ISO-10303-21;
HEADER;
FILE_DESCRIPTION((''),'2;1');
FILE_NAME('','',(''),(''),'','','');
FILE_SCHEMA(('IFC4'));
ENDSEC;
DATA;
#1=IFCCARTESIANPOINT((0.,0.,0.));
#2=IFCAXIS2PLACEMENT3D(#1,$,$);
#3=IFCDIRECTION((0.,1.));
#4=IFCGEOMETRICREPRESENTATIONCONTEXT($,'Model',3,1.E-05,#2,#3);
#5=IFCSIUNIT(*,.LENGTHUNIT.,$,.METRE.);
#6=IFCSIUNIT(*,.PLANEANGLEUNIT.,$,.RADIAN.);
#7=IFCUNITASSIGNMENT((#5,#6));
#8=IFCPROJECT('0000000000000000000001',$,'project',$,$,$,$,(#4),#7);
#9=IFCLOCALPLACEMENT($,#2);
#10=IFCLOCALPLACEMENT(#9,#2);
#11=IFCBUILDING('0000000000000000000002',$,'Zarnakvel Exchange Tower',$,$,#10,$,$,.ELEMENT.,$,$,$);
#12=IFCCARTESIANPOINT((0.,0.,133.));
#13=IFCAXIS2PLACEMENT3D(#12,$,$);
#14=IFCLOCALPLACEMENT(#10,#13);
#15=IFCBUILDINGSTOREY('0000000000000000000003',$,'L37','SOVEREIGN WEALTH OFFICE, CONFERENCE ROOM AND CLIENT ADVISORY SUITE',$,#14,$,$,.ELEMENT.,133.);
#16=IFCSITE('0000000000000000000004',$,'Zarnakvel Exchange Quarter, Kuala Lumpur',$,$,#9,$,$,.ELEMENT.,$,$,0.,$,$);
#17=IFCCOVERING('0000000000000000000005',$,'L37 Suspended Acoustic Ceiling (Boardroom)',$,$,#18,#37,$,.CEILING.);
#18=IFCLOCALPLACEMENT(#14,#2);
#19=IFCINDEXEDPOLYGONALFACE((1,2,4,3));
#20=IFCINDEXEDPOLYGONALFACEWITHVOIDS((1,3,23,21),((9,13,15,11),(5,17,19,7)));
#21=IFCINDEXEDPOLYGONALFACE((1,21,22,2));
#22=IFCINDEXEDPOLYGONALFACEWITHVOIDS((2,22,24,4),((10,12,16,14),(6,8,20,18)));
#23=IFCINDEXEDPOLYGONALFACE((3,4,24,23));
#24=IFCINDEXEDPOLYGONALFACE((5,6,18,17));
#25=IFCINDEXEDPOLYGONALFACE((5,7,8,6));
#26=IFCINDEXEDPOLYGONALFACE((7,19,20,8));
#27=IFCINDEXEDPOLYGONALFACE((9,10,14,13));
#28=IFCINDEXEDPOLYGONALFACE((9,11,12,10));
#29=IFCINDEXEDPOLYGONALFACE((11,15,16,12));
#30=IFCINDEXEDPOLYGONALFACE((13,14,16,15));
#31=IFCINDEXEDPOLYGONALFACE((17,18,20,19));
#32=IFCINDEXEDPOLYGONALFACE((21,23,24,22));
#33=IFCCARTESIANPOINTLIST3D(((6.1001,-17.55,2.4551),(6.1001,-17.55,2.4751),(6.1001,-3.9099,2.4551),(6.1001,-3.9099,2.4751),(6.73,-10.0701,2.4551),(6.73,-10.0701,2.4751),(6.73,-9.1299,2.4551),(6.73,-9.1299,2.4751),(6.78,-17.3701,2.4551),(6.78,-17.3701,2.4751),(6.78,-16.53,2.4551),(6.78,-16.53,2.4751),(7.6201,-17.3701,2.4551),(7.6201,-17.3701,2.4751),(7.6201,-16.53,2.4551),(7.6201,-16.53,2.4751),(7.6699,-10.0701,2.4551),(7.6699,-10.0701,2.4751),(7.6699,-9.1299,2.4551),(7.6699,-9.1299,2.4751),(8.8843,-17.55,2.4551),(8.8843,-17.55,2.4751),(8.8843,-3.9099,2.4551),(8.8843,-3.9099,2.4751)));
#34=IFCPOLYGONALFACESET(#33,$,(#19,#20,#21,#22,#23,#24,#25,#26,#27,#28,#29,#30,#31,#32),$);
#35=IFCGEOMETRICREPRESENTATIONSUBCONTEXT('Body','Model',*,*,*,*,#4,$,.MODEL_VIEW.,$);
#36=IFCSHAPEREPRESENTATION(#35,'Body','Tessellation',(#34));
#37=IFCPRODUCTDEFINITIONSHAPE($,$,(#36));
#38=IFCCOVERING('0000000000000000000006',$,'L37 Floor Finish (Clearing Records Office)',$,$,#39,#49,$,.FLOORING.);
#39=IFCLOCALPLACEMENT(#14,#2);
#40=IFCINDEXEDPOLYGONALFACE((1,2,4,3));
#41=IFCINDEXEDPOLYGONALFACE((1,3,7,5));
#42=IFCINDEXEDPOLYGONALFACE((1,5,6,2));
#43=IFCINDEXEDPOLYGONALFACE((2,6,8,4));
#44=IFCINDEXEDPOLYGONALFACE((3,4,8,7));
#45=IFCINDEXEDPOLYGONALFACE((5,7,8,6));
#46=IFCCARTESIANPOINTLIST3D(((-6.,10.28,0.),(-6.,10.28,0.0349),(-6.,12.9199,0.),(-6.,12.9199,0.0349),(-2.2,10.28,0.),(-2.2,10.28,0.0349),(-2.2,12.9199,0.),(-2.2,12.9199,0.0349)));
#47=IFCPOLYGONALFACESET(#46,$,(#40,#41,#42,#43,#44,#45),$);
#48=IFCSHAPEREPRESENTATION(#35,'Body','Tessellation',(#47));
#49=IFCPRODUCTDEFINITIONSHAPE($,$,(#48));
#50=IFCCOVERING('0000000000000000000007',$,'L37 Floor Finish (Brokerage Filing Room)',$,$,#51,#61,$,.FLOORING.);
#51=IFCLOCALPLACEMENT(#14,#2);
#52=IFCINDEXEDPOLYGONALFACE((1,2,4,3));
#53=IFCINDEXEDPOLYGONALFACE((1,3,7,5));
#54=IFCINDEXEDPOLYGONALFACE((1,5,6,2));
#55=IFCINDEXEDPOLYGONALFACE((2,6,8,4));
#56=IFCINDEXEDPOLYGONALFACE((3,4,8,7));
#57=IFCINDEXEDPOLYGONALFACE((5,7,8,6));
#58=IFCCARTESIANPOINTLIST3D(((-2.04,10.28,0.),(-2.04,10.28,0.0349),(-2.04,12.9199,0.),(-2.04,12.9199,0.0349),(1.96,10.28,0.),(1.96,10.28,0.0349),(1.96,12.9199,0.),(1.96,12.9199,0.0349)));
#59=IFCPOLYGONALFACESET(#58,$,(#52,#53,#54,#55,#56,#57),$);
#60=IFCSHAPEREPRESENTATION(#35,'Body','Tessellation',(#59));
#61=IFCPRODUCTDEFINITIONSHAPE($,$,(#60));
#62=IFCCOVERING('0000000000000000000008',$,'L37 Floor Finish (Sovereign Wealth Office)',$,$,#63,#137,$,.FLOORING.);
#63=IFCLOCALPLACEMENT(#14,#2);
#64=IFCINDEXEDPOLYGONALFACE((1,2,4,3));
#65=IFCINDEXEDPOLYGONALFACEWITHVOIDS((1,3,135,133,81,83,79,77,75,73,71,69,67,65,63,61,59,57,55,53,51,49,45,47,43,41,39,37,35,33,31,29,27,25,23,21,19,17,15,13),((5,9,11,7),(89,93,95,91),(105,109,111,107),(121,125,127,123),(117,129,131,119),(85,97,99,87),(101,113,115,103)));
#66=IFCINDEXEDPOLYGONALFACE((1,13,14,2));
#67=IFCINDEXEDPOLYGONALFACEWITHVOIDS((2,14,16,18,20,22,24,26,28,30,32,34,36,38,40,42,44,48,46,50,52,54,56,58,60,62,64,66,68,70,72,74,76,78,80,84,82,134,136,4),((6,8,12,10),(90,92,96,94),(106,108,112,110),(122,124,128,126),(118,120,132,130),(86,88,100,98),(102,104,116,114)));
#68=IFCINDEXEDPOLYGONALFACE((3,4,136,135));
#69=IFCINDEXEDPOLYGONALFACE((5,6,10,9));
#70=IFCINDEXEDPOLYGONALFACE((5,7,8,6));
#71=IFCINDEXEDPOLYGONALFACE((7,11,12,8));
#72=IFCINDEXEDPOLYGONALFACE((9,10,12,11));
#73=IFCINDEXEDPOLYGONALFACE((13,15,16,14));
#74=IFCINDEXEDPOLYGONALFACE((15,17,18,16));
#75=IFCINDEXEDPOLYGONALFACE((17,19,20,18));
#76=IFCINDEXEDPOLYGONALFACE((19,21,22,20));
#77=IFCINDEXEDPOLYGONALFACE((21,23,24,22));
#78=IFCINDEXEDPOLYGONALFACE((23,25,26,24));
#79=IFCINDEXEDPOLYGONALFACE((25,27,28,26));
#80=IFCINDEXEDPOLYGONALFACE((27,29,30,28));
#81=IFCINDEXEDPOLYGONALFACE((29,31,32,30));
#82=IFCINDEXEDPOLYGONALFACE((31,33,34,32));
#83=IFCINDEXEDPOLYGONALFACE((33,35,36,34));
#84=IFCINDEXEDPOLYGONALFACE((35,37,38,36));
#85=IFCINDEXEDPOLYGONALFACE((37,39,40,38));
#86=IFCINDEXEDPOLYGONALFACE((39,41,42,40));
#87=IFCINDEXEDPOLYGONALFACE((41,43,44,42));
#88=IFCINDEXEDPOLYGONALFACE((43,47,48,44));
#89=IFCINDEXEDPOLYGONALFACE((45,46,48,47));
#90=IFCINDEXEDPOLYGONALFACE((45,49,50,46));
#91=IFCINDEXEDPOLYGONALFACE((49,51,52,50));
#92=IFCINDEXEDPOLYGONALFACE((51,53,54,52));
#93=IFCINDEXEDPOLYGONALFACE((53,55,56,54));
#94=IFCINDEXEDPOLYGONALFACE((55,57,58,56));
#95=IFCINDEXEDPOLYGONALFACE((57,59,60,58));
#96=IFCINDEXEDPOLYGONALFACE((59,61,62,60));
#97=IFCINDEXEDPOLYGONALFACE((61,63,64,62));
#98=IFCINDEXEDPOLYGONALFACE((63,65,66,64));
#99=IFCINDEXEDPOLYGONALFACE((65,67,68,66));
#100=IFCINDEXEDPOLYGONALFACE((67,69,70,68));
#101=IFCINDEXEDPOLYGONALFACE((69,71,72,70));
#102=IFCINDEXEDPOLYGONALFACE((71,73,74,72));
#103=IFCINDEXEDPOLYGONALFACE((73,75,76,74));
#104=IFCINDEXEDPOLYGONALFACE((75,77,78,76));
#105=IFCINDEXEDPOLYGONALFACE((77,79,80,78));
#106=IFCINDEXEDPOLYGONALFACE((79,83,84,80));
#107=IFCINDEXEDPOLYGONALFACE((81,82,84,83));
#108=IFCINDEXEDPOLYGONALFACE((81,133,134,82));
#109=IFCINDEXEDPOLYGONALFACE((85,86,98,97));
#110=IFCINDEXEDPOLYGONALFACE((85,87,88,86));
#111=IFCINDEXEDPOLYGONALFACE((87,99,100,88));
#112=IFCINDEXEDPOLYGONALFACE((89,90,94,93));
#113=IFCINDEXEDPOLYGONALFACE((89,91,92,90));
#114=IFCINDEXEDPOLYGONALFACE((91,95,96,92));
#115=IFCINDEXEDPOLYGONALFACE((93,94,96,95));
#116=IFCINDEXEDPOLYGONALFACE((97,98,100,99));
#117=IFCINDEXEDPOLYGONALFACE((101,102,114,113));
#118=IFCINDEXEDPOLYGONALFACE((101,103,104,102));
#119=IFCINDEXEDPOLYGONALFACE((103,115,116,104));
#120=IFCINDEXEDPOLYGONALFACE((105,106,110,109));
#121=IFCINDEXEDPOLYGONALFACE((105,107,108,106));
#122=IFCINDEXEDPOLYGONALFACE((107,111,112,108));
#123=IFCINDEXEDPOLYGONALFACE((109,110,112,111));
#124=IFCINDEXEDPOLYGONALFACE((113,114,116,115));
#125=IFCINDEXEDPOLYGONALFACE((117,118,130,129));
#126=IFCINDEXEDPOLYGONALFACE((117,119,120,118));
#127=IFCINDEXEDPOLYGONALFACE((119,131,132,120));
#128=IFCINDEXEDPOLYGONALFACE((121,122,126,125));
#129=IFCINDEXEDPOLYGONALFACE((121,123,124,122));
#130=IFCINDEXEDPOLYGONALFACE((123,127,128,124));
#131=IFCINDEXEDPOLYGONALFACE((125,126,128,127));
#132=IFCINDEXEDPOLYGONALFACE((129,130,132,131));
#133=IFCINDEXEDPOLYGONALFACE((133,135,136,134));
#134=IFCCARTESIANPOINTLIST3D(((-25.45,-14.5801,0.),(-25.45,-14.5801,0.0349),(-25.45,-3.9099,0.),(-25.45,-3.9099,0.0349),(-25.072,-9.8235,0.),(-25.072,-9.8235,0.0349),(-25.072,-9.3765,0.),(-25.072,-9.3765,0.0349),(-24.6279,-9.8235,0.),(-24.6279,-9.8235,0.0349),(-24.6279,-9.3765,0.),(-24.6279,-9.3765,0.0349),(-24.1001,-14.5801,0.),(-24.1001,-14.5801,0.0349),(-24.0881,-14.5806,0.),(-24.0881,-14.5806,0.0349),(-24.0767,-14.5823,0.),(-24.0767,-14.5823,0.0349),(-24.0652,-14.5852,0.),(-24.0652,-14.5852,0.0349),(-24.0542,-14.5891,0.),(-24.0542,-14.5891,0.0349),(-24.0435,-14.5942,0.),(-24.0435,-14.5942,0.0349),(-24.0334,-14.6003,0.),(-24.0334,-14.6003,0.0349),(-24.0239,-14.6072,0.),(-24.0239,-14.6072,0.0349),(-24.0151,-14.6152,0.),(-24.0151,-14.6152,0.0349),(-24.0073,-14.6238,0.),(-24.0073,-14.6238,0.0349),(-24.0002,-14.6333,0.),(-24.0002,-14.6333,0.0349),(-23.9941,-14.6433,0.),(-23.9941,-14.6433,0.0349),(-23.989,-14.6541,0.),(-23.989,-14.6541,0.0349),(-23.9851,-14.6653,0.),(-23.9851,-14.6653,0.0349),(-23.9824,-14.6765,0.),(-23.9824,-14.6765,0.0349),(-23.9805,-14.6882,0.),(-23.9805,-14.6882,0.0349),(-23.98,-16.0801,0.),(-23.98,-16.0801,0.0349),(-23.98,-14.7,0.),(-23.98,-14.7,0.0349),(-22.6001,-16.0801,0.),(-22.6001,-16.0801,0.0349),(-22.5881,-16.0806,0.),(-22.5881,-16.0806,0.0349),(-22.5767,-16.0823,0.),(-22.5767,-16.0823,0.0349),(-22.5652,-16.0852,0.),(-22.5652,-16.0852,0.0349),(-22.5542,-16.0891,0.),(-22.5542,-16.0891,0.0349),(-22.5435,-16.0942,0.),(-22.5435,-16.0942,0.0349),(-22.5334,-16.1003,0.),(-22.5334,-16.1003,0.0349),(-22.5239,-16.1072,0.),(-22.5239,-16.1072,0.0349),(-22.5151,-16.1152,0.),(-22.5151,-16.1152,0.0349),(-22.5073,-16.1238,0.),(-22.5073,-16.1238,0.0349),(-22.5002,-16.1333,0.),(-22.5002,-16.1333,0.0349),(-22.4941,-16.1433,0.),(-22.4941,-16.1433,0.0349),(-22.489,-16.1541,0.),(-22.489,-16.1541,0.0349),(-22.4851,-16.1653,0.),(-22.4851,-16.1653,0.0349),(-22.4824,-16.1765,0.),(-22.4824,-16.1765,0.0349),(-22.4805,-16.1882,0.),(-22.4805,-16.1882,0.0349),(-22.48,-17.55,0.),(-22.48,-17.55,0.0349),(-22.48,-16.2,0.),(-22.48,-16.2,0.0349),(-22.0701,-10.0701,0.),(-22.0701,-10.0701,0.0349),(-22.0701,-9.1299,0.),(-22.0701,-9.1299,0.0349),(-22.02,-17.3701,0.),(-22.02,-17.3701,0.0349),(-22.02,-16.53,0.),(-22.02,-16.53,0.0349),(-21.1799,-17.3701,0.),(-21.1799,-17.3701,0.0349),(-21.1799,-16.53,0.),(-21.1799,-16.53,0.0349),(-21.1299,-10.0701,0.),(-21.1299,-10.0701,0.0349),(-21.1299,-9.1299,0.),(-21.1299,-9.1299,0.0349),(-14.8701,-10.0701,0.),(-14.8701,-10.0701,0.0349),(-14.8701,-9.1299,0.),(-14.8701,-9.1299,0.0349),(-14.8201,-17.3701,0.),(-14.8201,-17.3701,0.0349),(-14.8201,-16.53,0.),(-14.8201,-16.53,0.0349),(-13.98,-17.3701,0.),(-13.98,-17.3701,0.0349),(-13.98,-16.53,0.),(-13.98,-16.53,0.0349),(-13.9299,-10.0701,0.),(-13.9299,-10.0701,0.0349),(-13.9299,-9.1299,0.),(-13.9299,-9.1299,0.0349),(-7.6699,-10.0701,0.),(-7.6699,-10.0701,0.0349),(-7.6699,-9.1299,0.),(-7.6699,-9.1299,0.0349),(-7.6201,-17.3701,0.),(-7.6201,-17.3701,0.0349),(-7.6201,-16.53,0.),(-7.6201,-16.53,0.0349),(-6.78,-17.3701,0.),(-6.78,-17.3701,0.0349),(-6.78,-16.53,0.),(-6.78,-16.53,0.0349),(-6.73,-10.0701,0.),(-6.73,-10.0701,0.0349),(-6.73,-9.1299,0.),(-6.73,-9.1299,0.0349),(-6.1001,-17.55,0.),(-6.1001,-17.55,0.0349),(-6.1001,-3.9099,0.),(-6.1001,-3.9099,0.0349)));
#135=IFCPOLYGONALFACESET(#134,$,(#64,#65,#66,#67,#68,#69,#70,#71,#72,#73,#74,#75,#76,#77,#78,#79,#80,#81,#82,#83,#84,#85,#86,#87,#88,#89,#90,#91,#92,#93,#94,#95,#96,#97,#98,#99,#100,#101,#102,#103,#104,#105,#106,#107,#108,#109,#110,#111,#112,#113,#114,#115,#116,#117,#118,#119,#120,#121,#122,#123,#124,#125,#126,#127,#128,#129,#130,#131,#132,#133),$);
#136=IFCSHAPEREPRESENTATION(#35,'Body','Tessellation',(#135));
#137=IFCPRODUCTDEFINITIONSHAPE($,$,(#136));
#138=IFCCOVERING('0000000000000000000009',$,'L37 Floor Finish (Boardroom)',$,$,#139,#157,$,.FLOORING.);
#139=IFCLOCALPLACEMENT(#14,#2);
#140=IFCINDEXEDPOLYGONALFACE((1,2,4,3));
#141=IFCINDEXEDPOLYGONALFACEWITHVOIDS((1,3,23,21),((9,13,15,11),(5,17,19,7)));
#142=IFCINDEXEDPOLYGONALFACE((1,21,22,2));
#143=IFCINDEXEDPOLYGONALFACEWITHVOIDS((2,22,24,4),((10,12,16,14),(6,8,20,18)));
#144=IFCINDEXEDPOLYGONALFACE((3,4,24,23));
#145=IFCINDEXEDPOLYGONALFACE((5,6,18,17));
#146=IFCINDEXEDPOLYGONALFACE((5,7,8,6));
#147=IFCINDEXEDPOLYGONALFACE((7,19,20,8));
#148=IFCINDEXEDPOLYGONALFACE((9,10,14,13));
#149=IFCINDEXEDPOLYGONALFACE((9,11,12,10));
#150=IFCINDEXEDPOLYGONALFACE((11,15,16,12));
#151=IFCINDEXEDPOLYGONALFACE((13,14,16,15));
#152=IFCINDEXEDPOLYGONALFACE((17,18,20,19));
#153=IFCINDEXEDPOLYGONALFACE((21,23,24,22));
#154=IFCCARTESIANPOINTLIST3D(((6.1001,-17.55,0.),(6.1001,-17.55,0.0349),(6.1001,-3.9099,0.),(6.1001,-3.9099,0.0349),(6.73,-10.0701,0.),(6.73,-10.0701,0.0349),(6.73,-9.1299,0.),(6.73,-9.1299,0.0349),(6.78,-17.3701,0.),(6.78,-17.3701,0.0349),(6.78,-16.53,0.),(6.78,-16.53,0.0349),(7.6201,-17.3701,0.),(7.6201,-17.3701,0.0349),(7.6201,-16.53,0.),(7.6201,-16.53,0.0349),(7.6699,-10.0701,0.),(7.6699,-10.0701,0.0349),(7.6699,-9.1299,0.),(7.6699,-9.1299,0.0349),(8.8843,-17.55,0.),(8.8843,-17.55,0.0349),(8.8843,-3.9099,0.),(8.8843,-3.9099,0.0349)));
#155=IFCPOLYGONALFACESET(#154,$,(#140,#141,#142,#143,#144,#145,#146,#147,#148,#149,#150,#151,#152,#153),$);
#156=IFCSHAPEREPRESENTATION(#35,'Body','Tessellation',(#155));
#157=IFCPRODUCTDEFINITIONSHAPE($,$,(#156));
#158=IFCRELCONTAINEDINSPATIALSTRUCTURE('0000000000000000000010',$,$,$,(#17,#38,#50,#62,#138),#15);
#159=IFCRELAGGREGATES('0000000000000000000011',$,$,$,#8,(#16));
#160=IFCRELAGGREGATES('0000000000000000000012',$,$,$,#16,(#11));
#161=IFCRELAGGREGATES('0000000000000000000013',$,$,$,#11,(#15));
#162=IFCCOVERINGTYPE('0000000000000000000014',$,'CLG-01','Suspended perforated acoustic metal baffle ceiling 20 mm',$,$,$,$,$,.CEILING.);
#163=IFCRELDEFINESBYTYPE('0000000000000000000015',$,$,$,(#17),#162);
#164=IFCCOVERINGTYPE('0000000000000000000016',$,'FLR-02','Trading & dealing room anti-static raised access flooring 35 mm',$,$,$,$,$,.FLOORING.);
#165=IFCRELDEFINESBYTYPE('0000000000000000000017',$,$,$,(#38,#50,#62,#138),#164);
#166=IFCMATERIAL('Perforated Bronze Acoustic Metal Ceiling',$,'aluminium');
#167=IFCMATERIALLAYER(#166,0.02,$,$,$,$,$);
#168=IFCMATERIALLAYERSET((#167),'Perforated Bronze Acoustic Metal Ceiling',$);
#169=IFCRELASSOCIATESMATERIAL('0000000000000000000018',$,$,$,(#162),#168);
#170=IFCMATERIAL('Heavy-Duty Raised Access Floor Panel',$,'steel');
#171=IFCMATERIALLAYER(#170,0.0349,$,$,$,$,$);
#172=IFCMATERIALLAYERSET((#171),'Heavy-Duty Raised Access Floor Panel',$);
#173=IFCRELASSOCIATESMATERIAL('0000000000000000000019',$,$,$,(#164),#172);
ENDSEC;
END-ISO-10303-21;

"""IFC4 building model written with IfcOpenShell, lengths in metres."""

from ifc_helpers import new_model, si_unit, direction, frame, origin, place, context, subcontext, project, spatial, polyline, outline, extrude, material, layer, layer_set, type_object, element, save


model = new_model("IFC4")

# Units and contexts
model_context = context("Model", 3, precision=1e-05, world=origin(), true_north=direction((0.0, 1.0)))
body_context = subcontext(model_context, "Body", "Model", "MODEL_VIEW")
ifc_project = project(units=[si_unit("LENGTHUNIT", "METRE"), si_unit("PLANEANGLEUNIT", "RADIAN")], contexts=[model_context])

# Site, building, storey
site_placement = place(None, origin())
site = spatial("IfcSite", under=ifc_project, at=site_placement, Name="Zarnakvel Exchange Quarter, Kuala Lumpur", CompositionType="ELEMENT", RefElevation=0.0)
building_placement = place(site_placement, origin())
building = spatial("IfcBuilding", under=site, at=building_placement, Name="Zarnakvel Exchange Tower", CompositionType="ELEMENT")
storey_placement = place(building_placement, frame((0.0, 0.0, 133.0)))
storey = spatial("IfcBuildingStorey", under=building, at=storey_placement, Name="L37", Description="SOVEREIGN WEALTH OFFICE, CONFERENCE ROOM AND CLIENT ADVISORY SUITE", CompositionType="ELEMENT", Elevation=133.0)

# Coverings
ifc_material_1 = material(Name="Perforated Bronze Acoustic Metal Ceiling", Category="aluminium")
ifc_layer_1 = layer(ifc_material_1, 0.02)
ifc_layer_set_1 = layer_set([ifc_layer_1], Name="Perforated Bronze Acoustic Metal Ceiling")
covering_type_1 = type_object("IfcCoveringType", Name="CLG-01", Description="Suspended perforated acoustic metal baffle ceiling 20 mm", PredefinedType="CEILING", material=ifc_layer_set_1)
covering_1_placement = place(storey_placement, frame((0.0, 0.0, 2.4551)))
element("IfcCovering", 1, at=covering_1_placement, inside=storey, type_object=covering_type_1, Name="L37 Suspended Acoustic Ceiling (Boardroom)", PredefinedType="CEILING", context=body_context, shape_type="SweptSolid", body=[
    extrude(outline(polyline([(6.1001, -3.9099), (8.8843, -3.9099), (8.8843, -17.55), (6.1001, -17.55), (6.1001, -3.9099)]), holes=[polyline([(6.73, -10.0701), (7.6699, -10.0701), (7.6699, -9.1299), (6.73, -9.1299), (6.73, -10.0701)]), polyline([(7.6201, -17.3701), (7.6201, -16.53), (6.78, -16.53), (6.78, -17.3701), (7.6201, -17.3701)])]), origin(), (0.0, 0.0, 1.0), 0.02),
])
ifc_material_2 = material(Name="Heavy-Duty Raised Access Floor Panel", Category="steel")
ifc_layer_2 = layer(ifc_material_2, 0.0349)
ifc_layer_set_2 = layer_set([ifc_layer_2], Name="Heavy-Duty Raised Access Floor Panel")
covering_type_2 = type_object("IfcCoveringType", Name="FLR-02", Description="Trading & dealing room anti-static raised access flooring 35 mm", PredefinedType="FLOORING", material=ifc_layer_set_2)
covering_2_placement = place(storey_placement, origin())
element("IfcCovering", 2, at=covering_2_placement, inside=storey, type_object=covering_type_2, Name="L37 Floor Finish (Clearing Records Office)", PredefinedType="FLOORING", context=body_context, shape_type="SweptSolid", body=[
    extrude(outline(polyline([(-6.0, 12.9199), (-2.2, 12.9199), (-2.2, 10.28), (-6.0, 10.28), (-6.0, 12.9199)])), origin(), (0.0, 0.0, 1.0), 0.0349),
])
covering_3_placement = place(storey_placement, origin())
element("IfcCovering", 3, at=covering_3_placement, inside=storey, type_object=covering_type_2, Name="L37 Floor Finish (Brokerage Filing Room)", PredefinedType="FLOORING", context=body_context, shape_type="SweptSolid", body=[
    extrude(outline(polyline([(-2.04, 12.9199), (1.96, 12.9199), (1.96, 10.28), (-2.04, 10.28), (-2.04, 12.9199)])), origin(), (0.0, 0.0, 1.0), 0.0349),
])
covering_4_placement = place(storey_placement, origin())
element("IfcCovering", 4, at=covering_4_placement, inside=storey, type_object=covering_type_2, Name="L37 Floor Finish (Sovereign Wealth Office)", PredefinedType="FLOORING", context=body_context, shape_type="SweptSolid", body=[
    extrude(outline(polyline([(-6.1001, -3.9099), (-6.1001, -17.55), (-22.48, -17.55), (-22.48, -16.2), (-22.4805, -16.1882), (-22.4824, -16.1765), (-22.4851, -16.1653), (-22.489, -16.1541), (-22.4941, -16.1433), (-22.5002, -16.1333), (-22.5073, -16.1238), (-22.5151, -16.1152), (-22.5239, -16.1072), (-22.5334, -16.1003), (-22.5435, -16.0942), (-22.5542, -16.0891), (-22.5652, -16.0852), (-22.5767, -16.0823), (-22.5881, -16.0806), (-22.6001, -16.0801), (-23.98, -16.0801), (-23.98, -14.7), (-23.9805, -14.6882), (-23.9824, -14.6765), (-23.9851, -14.6653), (-23.989, -14.6541), (-23.9941, -14.6433), (-24.0002, -14.6333), (-24.0073, -14.6238), (-24.0151, -14.6152), (-24.0239, -14.6072), (-24.0334, -14.6003), (-24.0435, -14.5942), (-24.0542, -14.5891), (-24.0652, -14.5852), (-24.0767, -14.5823), (-24.0881, -14.5806), (-24.1001, -14.5801), (-25.45, -14.5801), (-25.45, -3.9099), (-6.1001, -3.9099)]), holes=[polyline([(-7.6699, -10.0701), (-6.73, -10.0701), (-6.73, -9.1299), (-7.6699, -9.1299), (-7.6699, -10.0701)]), polyline([(-6.78, -17.3701), (-6.78, -16.53), (-7.6201, -16.53), (-7.6201, -17.3701), (-6.78, -17.3701)]), polyline([(-13.9299, -10.0701), (-13.9299, -9.1299), (-14.8701, -9.1299), (-14.8701, -10.0701), (-13.9299, -10.0701)]), polyline([(-13.98, -17.3701), (-13.98, -16.53), (-14.8201, -16.53), (-14.8201, -17.3701), (-13.98, -17.3701)]), polyline([(-21.1299, -10.0701), (-21.1299, -9.1299), (-22.0701, -9.1299), (-22.0701, -10.0701), (-21.1299, -10.0701)]), polyline([(-21.1799, -17.3701), (-21.1799, -16.53), (-22.02, -16.53), (-22.02, -17.3701), (-21.1799, -17.3701)]), polyline([(-25.072, -9.8235), (-24.6279, -9.8235), (-24.6279, -9.3765), (-25.072, -9.3765), (-25.072, -9.8235)])]), origin(), (0.0, 0.0, 1.0), 0.0349),
])
covering_5_placement = place(storey_placement, origin())
element("IfcCovering", 5, at=covering_5_placement, inside=storey, type_object=covering_type_2, Name="L37 Floor Finish (Boardroom)", PredefinedType="FLOORING", context=body_context, shape_type="SweptSolid", body=[
    extrude(outline(polyline([(6.1001, -3.9099), (8.8843, -3.9099), (8.8843, -17.55), (6.1001, -17.55), (6.1001, -3.9099)]), holes=[polyline([(6.73, -10.0701), (7.6699, -10.0701), (7.6699, -9.1299), (6.73, -9.1299), (6.73, -10.0701)]), polyline([(7.6201, -17.3701), (7.6201, -16.53), (6.78, -16.53), (6.78, -17.3701), (7.6201, -17.3701)])]), origin(), (0.0, 0.0, 1.0), 0.0349),
])

save(model, "model.ifc")
